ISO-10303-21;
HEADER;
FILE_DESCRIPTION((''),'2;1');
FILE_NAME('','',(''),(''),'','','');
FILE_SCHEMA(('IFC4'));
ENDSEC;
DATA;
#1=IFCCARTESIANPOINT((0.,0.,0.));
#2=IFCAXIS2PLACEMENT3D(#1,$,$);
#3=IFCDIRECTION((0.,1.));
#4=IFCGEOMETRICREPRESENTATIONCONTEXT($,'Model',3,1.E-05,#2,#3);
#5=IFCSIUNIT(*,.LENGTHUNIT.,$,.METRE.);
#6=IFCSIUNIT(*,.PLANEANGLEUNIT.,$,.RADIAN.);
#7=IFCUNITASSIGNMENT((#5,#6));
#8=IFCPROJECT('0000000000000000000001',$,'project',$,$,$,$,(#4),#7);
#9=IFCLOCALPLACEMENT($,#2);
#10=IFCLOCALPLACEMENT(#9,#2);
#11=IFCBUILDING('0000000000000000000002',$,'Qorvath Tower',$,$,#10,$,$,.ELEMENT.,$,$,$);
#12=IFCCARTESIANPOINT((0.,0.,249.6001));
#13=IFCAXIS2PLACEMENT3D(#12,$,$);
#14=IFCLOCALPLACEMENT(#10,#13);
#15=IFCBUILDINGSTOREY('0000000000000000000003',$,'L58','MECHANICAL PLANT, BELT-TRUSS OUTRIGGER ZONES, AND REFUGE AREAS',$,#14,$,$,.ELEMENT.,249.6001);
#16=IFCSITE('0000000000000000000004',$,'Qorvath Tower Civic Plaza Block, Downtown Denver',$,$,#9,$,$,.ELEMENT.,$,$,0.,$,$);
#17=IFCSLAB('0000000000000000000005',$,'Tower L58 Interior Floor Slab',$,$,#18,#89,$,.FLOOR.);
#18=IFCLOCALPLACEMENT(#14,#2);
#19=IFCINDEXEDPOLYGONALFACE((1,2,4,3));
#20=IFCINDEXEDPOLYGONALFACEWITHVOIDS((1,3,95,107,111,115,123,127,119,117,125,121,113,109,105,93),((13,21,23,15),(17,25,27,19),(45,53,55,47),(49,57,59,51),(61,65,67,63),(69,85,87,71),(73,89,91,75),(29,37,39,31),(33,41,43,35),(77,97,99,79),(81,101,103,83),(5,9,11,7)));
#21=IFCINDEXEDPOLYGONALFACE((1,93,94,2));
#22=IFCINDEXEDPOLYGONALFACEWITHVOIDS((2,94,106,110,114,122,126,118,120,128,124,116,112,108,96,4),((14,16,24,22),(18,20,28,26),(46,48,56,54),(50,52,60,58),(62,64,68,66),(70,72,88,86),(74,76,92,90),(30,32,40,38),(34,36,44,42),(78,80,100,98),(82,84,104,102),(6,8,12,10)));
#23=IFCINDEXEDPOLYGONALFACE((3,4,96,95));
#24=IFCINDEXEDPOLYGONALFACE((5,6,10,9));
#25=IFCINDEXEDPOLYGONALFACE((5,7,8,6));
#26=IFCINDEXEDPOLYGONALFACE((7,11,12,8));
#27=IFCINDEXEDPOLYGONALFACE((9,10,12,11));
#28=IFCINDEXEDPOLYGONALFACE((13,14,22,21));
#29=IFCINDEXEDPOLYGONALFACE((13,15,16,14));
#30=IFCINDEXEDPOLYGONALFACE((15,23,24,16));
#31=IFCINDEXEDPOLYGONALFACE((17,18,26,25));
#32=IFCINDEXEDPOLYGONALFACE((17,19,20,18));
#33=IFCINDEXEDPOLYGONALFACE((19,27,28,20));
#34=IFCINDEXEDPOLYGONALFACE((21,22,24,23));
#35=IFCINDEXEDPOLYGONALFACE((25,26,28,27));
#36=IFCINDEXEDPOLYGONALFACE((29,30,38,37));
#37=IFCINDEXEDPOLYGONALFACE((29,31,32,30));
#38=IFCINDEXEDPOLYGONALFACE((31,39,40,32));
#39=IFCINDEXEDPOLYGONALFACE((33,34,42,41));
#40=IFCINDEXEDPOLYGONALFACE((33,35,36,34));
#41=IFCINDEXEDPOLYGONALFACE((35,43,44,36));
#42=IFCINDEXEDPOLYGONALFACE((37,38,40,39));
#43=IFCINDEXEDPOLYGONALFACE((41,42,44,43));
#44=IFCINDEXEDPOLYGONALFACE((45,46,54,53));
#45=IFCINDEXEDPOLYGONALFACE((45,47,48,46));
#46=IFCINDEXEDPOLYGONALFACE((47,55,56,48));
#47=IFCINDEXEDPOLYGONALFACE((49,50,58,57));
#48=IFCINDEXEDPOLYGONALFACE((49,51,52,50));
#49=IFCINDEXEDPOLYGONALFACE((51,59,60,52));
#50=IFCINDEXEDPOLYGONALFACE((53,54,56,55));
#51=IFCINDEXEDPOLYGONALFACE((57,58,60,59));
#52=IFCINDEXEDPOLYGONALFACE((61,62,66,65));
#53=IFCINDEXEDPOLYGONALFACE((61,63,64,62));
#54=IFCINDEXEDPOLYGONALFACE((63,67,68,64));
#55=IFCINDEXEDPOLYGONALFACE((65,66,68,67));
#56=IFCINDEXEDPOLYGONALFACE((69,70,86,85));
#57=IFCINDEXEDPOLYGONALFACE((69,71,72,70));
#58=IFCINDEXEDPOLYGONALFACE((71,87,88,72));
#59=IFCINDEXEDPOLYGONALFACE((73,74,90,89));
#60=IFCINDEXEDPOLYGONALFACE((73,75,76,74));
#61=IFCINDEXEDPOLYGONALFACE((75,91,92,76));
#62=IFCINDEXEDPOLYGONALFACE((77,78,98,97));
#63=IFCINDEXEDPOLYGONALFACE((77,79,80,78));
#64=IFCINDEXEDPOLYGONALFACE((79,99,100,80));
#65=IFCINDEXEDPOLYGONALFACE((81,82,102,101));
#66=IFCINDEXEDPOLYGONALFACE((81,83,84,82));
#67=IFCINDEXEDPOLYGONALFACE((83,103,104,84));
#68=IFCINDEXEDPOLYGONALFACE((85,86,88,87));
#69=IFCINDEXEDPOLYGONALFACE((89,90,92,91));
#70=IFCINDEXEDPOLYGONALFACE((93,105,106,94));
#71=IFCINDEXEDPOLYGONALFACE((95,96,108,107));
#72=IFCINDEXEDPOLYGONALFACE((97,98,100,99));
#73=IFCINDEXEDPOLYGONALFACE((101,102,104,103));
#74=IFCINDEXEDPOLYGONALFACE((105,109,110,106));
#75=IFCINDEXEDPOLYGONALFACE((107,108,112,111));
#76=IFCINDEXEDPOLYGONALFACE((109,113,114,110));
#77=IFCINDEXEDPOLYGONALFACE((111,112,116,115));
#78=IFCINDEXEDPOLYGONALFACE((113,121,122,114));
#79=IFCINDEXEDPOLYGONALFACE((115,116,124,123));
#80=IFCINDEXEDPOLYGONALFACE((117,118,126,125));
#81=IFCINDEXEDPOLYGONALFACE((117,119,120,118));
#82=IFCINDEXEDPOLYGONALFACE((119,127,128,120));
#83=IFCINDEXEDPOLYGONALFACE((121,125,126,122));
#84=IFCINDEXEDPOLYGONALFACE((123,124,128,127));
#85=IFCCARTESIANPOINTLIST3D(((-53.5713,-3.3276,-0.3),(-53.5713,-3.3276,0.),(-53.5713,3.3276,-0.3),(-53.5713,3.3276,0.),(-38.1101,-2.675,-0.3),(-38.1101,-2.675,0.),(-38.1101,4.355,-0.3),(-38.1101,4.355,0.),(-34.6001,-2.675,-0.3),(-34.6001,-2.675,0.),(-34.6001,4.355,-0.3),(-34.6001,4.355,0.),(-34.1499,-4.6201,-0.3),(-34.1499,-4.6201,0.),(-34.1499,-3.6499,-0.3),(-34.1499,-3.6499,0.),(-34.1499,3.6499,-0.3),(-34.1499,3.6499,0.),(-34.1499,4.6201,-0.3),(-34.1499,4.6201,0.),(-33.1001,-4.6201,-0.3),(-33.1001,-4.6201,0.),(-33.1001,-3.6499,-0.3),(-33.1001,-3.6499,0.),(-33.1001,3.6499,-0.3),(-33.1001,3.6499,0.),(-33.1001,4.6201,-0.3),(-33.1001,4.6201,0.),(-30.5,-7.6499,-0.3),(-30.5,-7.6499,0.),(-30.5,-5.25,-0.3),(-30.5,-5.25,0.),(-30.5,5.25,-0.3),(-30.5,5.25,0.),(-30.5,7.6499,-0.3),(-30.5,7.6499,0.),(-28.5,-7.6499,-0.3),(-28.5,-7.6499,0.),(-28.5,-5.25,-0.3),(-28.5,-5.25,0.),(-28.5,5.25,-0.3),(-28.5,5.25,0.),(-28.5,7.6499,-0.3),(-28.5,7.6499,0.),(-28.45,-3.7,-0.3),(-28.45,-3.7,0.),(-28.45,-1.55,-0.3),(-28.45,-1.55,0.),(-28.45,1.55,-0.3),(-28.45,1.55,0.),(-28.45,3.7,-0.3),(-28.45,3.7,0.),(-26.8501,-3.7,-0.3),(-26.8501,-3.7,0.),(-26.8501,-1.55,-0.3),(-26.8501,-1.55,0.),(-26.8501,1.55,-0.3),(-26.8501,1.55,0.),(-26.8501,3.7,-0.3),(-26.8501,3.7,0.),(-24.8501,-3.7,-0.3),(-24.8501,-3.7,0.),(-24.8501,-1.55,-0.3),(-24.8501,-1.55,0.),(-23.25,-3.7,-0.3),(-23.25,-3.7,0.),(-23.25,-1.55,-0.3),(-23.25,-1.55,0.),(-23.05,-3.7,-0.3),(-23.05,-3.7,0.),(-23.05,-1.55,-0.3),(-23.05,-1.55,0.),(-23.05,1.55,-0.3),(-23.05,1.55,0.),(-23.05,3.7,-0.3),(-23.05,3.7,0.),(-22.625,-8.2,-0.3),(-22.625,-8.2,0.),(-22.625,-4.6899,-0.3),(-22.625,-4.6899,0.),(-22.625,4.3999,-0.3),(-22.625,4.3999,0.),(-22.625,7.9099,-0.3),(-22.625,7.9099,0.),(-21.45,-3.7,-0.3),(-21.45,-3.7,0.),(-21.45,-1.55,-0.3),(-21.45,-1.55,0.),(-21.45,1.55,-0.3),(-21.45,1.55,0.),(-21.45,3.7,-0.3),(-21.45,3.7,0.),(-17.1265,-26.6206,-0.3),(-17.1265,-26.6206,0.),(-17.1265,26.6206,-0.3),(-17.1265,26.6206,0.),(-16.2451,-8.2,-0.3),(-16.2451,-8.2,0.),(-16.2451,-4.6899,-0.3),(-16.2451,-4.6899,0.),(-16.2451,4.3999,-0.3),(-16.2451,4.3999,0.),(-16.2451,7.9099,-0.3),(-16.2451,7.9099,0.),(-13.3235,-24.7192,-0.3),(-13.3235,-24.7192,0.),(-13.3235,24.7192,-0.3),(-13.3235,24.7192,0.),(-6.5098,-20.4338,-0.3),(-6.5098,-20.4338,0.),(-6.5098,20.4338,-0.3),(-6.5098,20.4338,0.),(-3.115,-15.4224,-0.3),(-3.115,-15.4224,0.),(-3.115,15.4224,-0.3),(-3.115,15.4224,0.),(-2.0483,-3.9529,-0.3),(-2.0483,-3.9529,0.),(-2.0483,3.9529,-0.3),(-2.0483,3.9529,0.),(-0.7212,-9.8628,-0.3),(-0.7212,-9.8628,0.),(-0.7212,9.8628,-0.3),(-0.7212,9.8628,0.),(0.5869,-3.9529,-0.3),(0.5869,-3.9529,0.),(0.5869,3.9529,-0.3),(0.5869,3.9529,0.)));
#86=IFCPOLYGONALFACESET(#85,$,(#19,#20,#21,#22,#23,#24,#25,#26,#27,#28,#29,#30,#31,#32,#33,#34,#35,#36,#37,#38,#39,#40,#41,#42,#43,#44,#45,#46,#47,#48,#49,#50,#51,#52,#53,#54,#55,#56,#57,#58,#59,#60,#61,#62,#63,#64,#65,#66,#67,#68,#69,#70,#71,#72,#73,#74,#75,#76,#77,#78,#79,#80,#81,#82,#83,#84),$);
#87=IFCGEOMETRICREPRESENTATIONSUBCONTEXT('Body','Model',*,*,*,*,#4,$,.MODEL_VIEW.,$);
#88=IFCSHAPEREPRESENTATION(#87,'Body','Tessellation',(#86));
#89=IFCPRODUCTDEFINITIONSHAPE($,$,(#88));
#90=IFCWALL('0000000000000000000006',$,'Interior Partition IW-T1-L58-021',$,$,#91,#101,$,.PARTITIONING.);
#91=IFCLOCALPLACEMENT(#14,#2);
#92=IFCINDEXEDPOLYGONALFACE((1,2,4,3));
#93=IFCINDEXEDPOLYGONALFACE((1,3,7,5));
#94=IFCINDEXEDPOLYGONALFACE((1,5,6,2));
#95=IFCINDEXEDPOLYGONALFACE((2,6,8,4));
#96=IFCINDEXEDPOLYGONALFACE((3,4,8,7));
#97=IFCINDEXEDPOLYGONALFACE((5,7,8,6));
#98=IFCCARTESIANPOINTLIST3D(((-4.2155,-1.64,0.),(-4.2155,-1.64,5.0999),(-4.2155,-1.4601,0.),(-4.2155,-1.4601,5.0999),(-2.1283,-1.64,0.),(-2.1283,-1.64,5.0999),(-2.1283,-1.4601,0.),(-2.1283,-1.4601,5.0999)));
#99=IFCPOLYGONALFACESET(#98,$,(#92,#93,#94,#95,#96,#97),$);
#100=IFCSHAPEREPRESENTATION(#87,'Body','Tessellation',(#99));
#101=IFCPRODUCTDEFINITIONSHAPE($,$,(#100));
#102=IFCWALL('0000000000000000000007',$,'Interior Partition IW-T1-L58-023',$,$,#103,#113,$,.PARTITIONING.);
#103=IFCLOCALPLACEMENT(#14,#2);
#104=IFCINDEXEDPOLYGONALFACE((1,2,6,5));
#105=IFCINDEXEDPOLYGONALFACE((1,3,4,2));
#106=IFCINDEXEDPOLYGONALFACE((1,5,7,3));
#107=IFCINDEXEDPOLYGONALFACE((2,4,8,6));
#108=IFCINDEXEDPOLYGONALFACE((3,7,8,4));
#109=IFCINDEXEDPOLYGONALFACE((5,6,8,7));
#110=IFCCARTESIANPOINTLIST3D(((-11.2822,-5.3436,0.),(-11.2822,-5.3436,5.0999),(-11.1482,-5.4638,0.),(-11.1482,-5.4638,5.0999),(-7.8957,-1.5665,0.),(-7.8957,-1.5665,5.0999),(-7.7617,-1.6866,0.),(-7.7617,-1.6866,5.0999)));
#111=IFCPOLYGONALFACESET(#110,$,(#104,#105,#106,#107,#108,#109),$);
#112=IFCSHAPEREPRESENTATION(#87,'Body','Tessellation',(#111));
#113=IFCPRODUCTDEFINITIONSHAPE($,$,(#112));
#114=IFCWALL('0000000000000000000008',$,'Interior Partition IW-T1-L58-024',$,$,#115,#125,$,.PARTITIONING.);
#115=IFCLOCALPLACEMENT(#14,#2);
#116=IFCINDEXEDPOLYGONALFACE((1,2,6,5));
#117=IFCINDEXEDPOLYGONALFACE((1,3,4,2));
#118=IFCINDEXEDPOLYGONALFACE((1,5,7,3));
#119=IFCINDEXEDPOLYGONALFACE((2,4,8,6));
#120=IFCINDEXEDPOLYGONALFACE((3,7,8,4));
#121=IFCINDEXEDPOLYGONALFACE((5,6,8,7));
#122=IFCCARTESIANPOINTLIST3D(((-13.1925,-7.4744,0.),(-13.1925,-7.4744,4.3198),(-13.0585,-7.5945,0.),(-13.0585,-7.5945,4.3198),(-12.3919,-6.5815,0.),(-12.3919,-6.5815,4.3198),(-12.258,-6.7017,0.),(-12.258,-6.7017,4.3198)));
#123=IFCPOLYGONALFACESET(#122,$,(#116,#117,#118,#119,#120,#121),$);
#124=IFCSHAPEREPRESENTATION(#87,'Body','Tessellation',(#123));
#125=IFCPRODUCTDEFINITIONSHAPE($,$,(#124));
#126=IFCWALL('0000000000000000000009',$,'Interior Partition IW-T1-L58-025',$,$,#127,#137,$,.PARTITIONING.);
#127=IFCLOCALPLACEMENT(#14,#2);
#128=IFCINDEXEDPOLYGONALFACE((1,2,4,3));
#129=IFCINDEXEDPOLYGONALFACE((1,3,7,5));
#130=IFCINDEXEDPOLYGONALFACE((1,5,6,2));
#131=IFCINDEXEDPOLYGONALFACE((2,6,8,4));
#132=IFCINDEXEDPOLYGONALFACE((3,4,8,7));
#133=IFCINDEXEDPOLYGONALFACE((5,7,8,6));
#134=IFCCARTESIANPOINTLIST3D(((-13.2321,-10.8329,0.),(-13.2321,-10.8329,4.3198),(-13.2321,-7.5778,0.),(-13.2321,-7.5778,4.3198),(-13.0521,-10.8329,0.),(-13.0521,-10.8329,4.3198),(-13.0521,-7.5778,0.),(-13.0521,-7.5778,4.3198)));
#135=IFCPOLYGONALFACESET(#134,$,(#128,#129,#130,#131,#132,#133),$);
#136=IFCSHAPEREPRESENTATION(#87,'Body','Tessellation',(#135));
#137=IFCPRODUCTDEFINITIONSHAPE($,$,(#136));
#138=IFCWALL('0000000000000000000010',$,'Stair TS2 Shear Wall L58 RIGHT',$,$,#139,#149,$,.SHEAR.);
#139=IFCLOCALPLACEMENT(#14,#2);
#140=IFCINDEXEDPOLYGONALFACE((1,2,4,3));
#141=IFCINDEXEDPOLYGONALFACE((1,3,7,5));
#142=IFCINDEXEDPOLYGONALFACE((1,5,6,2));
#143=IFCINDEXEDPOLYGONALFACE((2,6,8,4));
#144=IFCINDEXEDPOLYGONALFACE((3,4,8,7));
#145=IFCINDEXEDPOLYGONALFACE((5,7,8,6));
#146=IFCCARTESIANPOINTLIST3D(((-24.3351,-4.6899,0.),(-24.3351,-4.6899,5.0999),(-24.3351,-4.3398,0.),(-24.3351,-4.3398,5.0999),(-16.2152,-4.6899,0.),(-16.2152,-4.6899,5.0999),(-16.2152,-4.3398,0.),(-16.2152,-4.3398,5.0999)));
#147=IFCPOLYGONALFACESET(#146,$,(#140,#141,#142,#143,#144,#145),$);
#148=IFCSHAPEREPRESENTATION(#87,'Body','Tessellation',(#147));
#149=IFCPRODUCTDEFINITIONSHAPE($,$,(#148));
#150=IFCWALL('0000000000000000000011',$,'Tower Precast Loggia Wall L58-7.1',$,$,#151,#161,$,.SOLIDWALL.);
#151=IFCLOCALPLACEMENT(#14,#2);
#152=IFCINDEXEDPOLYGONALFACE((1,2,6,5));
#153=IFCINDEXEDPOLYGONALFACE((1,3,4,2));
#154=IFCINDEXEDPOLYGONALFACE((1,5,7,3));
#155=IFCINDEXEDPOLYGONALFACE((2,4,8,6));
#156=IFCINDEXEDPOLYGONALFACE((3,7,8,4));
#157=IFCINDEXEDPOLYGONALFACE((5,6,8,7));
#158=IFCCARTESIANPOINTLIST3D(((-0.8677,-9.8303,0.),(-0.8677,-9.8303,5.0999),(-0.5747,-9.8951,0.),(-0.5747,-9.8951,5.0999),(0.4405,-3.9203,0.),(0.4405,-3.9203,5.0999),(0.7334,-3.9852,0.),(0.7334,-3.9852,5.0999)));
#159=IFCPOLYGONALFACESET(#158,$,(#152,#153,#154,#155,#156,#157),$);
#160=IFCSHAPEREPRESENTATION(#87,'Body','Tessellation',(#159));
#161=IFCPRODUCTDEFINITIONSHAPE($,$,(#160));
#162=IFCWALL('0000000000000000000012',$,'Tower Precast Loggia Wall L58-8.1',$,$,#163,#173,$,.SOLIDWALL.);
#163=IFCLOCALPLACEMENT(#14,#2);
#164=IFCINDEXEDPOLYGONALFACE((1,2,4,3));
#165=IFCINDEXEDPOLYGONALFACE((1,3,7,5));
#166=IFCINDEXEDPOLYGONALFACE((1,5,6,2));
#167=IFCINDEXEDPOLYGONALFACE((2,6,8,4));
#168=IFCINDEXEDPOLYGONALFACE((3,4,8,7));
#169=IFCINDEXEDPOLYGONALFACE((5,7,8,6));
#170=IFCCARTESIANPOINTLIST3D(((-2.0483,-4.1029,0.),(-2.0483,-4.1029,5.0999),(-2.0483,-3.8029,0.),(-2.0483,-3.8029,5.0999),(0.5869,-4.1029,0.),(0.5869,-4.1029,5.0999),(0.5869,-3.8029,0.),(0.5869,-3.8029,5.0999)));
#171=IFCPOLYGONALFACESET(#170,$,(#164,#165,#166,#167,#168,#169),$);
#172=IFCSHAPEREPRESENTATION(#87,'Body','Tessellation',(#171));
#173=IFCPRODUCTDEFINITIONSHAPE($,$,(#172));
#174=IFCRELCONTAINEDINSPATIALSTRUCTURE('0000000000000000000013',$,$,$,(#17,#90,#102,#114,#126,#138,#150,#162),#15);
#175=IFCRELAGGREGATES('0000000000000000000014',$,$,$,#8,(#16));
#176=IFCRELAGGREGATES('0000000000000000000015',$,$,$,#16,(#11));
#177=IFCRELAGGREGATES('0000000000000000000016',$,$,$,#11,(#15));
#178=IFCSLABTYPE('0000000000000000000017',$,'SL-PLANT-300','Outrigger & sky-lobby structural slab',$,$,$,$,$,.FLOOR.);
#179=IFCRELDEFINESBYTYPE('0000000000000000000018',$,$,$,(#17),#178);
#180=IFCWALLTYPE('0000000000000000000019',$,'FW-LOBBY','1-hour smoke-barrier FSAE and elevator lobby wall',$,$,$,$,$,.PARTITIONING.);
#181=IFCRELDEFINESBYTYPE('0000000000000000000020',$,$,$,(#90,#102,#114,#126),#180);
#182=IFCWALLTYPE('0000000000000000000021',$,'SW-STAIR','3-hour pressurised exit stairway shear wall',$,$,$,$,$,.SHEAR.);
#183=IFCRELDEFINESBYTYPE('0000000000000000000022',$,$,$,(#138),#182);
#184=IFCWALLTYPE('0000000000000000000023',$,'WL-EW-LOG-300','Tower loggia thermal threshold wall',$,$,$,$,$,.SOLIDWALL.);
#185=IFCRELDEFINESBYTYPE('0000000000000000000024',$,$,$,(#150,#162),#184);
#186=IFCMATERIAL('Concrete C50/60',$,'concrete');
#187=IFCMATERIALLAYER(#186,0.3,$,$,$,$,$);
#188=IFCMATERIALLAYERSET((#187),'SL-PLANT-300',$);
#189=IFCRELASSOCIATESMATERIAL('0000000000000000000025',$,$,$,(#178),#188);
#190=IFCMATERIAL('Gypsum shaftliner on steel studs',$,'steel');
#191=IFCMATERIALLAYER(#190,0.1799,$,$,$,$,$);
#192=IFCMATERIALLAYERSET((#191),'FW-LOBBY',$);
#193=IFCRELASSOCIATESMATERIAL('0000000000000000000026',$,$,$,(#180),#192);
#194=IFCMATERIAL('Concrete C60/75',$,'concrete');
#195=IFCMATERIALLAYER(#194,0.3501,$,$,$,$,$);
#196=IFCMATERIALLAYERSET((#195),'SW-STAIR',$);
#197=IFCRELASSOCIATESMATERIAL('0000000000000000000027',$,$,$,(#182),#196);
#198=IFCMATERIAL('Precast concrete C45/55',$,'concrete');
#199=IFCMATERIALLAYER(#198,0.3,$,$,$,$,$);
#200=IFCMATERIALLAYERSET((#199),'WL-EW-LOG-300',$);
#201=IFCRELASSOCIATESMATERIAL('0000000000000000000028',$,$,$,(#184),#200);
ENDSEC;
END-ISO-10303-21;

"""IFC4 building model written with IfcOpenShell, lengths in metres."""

from ifc_helpers import new_model, si_unit, direction, frame, frame_2d, origin, place, context, subcontext, project, spatial, polyline, rectangle, outline, extrude, material, layer, layer_set, type_object, element, save


model = new_model("IFC4")

# Units and contexts
model_context = context("Model", 3, precision=1e-05, world=origin(), true_north=direction((0.0, 1.0)))
body_context = subcontext(model_context, "Body", "Model", "MODEL_VIEW")
ifc_project = project(units=[si_unit("LENGTHUNIT", "METRE"), si_unit("PLANEANGLEUNIT", "RADIAN")], contexts=[model_context])

# Site, building, storey
site_placement = place(None, origin())
site = spatial("IfcSite", under=ifc_project, at=site_placement, Name="Qorvath Tower Civic Plaza Block, Downtown Denver", CompositionType="ELEMENT", RefElevation=0.0)
building_placement = place(site_placement, origin())
building = spatial("IfcBuilding", under=site, at=building_placement, Name="Qorvath Tower", CompositionType="ELEMENT")
storey_placement = place(building_placement, frame((0.0, 0.0, 249.6001)))
storey = spatial("IfcBuildingStorey", under=building, at=storey_placement, Name="L58", Description="MECHANICAL PLANT, BELT-TRUSS OUTRIGGER ZONES, AND REFUGE AREAS", CompositionType="ELEMENT", Elevation=249.6001)

# Slab
ifc_material_1 = material(Name="Concrete C50/60", Category="concrete")
ifc_layer_1 = layer(ifc_material_1, 0.3)
ifc_layer_set_1 = layer_set([ifc_layer_1], Name="SL-PLANT-300")
slab_type_1 = type_object("IfcSlabType", Name="SL-PLANT-300", Description="Outrigger & sky-lobby structural slab", PredefinedType="FLOOR", material=ifc_layer_set_1)
slab_1_placement = place(storey_placement, frame((0.0, 0.0, -0.3)))
element("IfcSlab", 1, at=slab_1_placement, inside=storey, type_object=slab_type_1, Name="Tower L58 Interior Floor Slab", PredefinedType="FLOOR", context=body_context, shape_type="SweptSolid", body=[
    extrude(outline(polyline([(-53.5713, 3.3276), (-53.5713, -3.3276), (-17.1265, -26.6206), (-13.3235, -24.7192), (-6.5098, -20.4338), (-3.115, -15.4224), (-0.7212, -9.8628), (0.5869, -3.9529), (-2.0483, -3.9529), (-2.0483, 3.9529), (0.5869, 3.9529), (-0.7212, 9.8628), (-3.115, 15.4224), (-6.5098, 20.4338), (-13.3235, 24.7192), (-17.1265, 26.6206), (-53.5713, 3.3276)]), holes=[polyline([(-16.2451, -8.2), (-22.625, -8.2), (-22.625, -4.6899), (-16.2451, -4.6899), (-16.2451, -8.2)]), polyline([(-22.625, 4.3999), (-22.625, 7.9099), (-16.2451, 7.9099), (-16.2451, 4.3999), (-22.625, 4.3999)]), polyline([(-21.45, -3.7), (-23.05, -3.7), (-23.05, -1.55), (-21.45, -1.55), (-21.45, -3.7)]), polyline([(-23.05, 1.55), (-23.05, 3.7), (-21.45, 3.7), (-21.45, 1.55), (-23.05, 1.55)]), polyline([(-24.8501, -3.7), (-24.8501, -1.55), (-23.25, -1.55), (-23.25, -3.7), (-24.8501, -3.7)]), polyline([(-28.45, -3.7), (-28.45, -1.55), (-26.8501, -1.55), (-26.8501, -3.7), (-28.45, -3.7)]), polyline([(-26.8501, 1.55), (-28.45, 1.55), (-28.45, 3.7), (-26.8501, 3.7), (-26.8501, 1.55)]), polyline([(-28.5, -7.6499), (-30.5, -7.6499), (-30.5, -5.25), (-28.5, -5.25), (-28.5, -7.6499)]), polyline([(-30.5, 5.25), (-30.5, 7.6499), (-28.5, 7.6499), (-28.5, 5.25), (-30.5, 5.25)]), polyline([(-34.1499, -4.6201), (-34.1499, -3.6499), (-33.1001, -3.6499), (-33.1001, -4.6201), (-34.1499, -4.6201)]), polyline([(-34.1499, 3.6499), (-34.1499, 4.6201), (-33.1001, 4.6201), (-33.1001, 3.6499), (-34.1499, 3.6499)]), polyline([(-34.6001, -2.675), (-38.1101, -2.675), (-38.1101, 4.355), (-34.6001, 4.355), (-34.6001, -2.675)])]), origin(), (0.0, 0.0, 1.0), 0.3),
])

# Wall
ifc_material_2 = material(Name="Gypsum shaftliner on steel studs", Category="steel")
ifc_layer_2 = layer(ifc_material_2, 0.1799)
ifc_layer_set_2 = layer_set([ifc_layer_2], Name="FW-LOBBY")
wall_type_1 = type_object("IfcWallType", Name="FW-LOBBY", Description="1-hour smoke-barrier FSAE and elevator lobby wall", PredefinedType="PARTITIONING", material=ifc_layer_set_2)
wall_1_placement = place(storey_placement, frame((-2.1284, -1.55, 0.0), z_axis=(0.0, 0.0, 1.0), x_axis=(-1.0, 0.0, 0.0)))
element("IfcWall", 2, at=wall_1_placement, inside=storey, type_object=wall_type_1, Name="Interior Partition IW-T1-L58-021", PredefinedType="PARTITIONING", context=body_context, shape_type="SweptSolid", body=[
    extrude(rectangle(XDim=2.0872, YDim=0.1799, at=frame_2d((1.0435, 0.0))), origin(), (0.0, 0.0, 1.0), 5.0999),
])

# Walls
wall_2_placement = place(storey_placement, frame((-7.8286, -1.6265, 0.0), z_axis=(0.0, 0.0, 1.0), x_axis=(-0.667557, -0.744559, 0.0)))
element("IfcWall", 3, at=wall_2_placement, inside=storey, type_object=wall_type_1, Name="Interior Partition IW-T1-L58-023", PredefinedType="PARTITIONING", context=body_context, shape_type="SweptSolid", body=[
    extrude(rectangle(XDim=5.073, YDim=0.1799, at=frame_2d((2.5366, 0.0))), origin(), (0.0, 0.0, 1.0), 5.0999),
])
wall_3_placement = place(storey_placement, frame((-12.325, -6.6416, 0.0), z_axis=(0.0, 0.0, 1.0), x_axis=(-0.66758, -0.744538, 0.0)))
element("IfcWall", 4, at=wall_3_placement, inside=storey, type_object=wall_type_1, Name="Interior Partition IW-T1-L58-024", PredefinedType="PARTITIONING", context=body_context, shape_type="SweptSolid", body=[
    extrude(rectangle(XDim=1.1992, YDim=0.1799, at=frame_2d((0.5996, 0.0))), origin(), (0.0, 0.0, 1.0), 4.3198),
])
wall_4_placement = place(storey_placement, frame((-13.1421, -7.5779, 0.0), z_axis=(0.0, 0.0, 1.0), x_axis=(0.0, -1.0, 0.0)))
element("IfcWall", 5, at=wall_4_placement, inside=storey, type_object=wall_type_1, Name="Interior Partition IW-T1-L58-025", PredefinedType="PARTITIONING", context=body_context, shape_type="SweptSolid", body=[
    extrude(rectangle(XDim=3.2551, YDim=0.1799, at=frame_2d((1.6274, 0.0))), origin(), (0.0, 0.0, 1.0), 4.3198),
])
ifc_material_3 = material(Name="Concrete C60/75", Category="concrete")
ifc_layer_3 = layer(ifc_material_3, 0.3501)
ifc_layer_set_3 = layer_set([ifc_layer_3], Name="SW-STAIR")
wall_type_2 = type_object("IfcWallType", Name="SW-STAIR", Description="3-hour pressurised exit stairway shear wall", PredefinedType="SHEAR", material=ifc_layer_set_3)
wall_5_placement = place(storey_placement, frame((-16.2151, -4.5149, 0.0), z_axis=(0.0, 0.0, 1.0), x_axis=(-1.0, 0.0, 0.0)))
element("IfcWall", 6, at=wall_5_placement, inside=storey, type_object=wall_type_2, Name="Stair TS2 Shear Wall L58 RIGHT", PredefinedType="SHEAR", context=body_context, shape_type="SweptSolid", body=[
    extrude(rectangle(XDim=8.1199, YDim=0.3501, at=frame_2d((4.0601, 0.0))), origin(), (0.0, 0.0, 1.0), 5.0999),
])
ifc_material_4 = material(Name="Precast concrete C45/55", Category="concrete")
ifc_layer_4 = layer(ifc_material_4, 0.3)
ifc_layer_set_4 = layer_set([ifc_layer_4], Name="WL-EW-LOG-300")
wall_type_3 = type_object("IfcWallType", Name="WL-EW-LOG-300", Description="Tower loggia thermal threshold wall", PredefinedType="SOLIDWALL", material=ifc_layer_set_4)
wall_6_placement = place(storey_placement, frame((0.5869, -3.9529, 0.0), z_axis=(0.0, 0.0, 1.0), x_axis=(-0.21611, -0.976369, 0.0)))
element("IfcWall", 7, at=wall_6_placement, inside=storey, type_object=wall_type_3, Name="Tower Precast Loggia Wall L58-7.1", PredefinedType="SOLIDWALL", context=body_context, shape_type="SweptSolid", body=[
    extrude(rectangle(XDim=6.053, YDim=0.3, at=frame_2d((3.0264, 0.0))), origin(), (0.0, 0.0, 1.0), 5.0999),
])
wall_7_placement = place(storey_placement, frame((0.5869, -3.9529, 0.0), z_axis=(0.0, 0.0, 1.0), x_axis=(-1.0, 0.0, 0.0)))
element("IfcWall", 8, at=wall_7_placement, inside=storey, type_object=wall_type_3, Name="Tower Precast Loggia Wall L58-8.1", PredefinedType="SOLIDWALL", context=body_context, shape_type="SweptSolid", body=[
    extrude(rectangle(XDim=2.6353, YDim=0.3, at=frame_2d((1.3176, 0.0))), origin(), (0.0, 0.0, 1.0), 5.0999),
])

save(model, "model.ifc")
